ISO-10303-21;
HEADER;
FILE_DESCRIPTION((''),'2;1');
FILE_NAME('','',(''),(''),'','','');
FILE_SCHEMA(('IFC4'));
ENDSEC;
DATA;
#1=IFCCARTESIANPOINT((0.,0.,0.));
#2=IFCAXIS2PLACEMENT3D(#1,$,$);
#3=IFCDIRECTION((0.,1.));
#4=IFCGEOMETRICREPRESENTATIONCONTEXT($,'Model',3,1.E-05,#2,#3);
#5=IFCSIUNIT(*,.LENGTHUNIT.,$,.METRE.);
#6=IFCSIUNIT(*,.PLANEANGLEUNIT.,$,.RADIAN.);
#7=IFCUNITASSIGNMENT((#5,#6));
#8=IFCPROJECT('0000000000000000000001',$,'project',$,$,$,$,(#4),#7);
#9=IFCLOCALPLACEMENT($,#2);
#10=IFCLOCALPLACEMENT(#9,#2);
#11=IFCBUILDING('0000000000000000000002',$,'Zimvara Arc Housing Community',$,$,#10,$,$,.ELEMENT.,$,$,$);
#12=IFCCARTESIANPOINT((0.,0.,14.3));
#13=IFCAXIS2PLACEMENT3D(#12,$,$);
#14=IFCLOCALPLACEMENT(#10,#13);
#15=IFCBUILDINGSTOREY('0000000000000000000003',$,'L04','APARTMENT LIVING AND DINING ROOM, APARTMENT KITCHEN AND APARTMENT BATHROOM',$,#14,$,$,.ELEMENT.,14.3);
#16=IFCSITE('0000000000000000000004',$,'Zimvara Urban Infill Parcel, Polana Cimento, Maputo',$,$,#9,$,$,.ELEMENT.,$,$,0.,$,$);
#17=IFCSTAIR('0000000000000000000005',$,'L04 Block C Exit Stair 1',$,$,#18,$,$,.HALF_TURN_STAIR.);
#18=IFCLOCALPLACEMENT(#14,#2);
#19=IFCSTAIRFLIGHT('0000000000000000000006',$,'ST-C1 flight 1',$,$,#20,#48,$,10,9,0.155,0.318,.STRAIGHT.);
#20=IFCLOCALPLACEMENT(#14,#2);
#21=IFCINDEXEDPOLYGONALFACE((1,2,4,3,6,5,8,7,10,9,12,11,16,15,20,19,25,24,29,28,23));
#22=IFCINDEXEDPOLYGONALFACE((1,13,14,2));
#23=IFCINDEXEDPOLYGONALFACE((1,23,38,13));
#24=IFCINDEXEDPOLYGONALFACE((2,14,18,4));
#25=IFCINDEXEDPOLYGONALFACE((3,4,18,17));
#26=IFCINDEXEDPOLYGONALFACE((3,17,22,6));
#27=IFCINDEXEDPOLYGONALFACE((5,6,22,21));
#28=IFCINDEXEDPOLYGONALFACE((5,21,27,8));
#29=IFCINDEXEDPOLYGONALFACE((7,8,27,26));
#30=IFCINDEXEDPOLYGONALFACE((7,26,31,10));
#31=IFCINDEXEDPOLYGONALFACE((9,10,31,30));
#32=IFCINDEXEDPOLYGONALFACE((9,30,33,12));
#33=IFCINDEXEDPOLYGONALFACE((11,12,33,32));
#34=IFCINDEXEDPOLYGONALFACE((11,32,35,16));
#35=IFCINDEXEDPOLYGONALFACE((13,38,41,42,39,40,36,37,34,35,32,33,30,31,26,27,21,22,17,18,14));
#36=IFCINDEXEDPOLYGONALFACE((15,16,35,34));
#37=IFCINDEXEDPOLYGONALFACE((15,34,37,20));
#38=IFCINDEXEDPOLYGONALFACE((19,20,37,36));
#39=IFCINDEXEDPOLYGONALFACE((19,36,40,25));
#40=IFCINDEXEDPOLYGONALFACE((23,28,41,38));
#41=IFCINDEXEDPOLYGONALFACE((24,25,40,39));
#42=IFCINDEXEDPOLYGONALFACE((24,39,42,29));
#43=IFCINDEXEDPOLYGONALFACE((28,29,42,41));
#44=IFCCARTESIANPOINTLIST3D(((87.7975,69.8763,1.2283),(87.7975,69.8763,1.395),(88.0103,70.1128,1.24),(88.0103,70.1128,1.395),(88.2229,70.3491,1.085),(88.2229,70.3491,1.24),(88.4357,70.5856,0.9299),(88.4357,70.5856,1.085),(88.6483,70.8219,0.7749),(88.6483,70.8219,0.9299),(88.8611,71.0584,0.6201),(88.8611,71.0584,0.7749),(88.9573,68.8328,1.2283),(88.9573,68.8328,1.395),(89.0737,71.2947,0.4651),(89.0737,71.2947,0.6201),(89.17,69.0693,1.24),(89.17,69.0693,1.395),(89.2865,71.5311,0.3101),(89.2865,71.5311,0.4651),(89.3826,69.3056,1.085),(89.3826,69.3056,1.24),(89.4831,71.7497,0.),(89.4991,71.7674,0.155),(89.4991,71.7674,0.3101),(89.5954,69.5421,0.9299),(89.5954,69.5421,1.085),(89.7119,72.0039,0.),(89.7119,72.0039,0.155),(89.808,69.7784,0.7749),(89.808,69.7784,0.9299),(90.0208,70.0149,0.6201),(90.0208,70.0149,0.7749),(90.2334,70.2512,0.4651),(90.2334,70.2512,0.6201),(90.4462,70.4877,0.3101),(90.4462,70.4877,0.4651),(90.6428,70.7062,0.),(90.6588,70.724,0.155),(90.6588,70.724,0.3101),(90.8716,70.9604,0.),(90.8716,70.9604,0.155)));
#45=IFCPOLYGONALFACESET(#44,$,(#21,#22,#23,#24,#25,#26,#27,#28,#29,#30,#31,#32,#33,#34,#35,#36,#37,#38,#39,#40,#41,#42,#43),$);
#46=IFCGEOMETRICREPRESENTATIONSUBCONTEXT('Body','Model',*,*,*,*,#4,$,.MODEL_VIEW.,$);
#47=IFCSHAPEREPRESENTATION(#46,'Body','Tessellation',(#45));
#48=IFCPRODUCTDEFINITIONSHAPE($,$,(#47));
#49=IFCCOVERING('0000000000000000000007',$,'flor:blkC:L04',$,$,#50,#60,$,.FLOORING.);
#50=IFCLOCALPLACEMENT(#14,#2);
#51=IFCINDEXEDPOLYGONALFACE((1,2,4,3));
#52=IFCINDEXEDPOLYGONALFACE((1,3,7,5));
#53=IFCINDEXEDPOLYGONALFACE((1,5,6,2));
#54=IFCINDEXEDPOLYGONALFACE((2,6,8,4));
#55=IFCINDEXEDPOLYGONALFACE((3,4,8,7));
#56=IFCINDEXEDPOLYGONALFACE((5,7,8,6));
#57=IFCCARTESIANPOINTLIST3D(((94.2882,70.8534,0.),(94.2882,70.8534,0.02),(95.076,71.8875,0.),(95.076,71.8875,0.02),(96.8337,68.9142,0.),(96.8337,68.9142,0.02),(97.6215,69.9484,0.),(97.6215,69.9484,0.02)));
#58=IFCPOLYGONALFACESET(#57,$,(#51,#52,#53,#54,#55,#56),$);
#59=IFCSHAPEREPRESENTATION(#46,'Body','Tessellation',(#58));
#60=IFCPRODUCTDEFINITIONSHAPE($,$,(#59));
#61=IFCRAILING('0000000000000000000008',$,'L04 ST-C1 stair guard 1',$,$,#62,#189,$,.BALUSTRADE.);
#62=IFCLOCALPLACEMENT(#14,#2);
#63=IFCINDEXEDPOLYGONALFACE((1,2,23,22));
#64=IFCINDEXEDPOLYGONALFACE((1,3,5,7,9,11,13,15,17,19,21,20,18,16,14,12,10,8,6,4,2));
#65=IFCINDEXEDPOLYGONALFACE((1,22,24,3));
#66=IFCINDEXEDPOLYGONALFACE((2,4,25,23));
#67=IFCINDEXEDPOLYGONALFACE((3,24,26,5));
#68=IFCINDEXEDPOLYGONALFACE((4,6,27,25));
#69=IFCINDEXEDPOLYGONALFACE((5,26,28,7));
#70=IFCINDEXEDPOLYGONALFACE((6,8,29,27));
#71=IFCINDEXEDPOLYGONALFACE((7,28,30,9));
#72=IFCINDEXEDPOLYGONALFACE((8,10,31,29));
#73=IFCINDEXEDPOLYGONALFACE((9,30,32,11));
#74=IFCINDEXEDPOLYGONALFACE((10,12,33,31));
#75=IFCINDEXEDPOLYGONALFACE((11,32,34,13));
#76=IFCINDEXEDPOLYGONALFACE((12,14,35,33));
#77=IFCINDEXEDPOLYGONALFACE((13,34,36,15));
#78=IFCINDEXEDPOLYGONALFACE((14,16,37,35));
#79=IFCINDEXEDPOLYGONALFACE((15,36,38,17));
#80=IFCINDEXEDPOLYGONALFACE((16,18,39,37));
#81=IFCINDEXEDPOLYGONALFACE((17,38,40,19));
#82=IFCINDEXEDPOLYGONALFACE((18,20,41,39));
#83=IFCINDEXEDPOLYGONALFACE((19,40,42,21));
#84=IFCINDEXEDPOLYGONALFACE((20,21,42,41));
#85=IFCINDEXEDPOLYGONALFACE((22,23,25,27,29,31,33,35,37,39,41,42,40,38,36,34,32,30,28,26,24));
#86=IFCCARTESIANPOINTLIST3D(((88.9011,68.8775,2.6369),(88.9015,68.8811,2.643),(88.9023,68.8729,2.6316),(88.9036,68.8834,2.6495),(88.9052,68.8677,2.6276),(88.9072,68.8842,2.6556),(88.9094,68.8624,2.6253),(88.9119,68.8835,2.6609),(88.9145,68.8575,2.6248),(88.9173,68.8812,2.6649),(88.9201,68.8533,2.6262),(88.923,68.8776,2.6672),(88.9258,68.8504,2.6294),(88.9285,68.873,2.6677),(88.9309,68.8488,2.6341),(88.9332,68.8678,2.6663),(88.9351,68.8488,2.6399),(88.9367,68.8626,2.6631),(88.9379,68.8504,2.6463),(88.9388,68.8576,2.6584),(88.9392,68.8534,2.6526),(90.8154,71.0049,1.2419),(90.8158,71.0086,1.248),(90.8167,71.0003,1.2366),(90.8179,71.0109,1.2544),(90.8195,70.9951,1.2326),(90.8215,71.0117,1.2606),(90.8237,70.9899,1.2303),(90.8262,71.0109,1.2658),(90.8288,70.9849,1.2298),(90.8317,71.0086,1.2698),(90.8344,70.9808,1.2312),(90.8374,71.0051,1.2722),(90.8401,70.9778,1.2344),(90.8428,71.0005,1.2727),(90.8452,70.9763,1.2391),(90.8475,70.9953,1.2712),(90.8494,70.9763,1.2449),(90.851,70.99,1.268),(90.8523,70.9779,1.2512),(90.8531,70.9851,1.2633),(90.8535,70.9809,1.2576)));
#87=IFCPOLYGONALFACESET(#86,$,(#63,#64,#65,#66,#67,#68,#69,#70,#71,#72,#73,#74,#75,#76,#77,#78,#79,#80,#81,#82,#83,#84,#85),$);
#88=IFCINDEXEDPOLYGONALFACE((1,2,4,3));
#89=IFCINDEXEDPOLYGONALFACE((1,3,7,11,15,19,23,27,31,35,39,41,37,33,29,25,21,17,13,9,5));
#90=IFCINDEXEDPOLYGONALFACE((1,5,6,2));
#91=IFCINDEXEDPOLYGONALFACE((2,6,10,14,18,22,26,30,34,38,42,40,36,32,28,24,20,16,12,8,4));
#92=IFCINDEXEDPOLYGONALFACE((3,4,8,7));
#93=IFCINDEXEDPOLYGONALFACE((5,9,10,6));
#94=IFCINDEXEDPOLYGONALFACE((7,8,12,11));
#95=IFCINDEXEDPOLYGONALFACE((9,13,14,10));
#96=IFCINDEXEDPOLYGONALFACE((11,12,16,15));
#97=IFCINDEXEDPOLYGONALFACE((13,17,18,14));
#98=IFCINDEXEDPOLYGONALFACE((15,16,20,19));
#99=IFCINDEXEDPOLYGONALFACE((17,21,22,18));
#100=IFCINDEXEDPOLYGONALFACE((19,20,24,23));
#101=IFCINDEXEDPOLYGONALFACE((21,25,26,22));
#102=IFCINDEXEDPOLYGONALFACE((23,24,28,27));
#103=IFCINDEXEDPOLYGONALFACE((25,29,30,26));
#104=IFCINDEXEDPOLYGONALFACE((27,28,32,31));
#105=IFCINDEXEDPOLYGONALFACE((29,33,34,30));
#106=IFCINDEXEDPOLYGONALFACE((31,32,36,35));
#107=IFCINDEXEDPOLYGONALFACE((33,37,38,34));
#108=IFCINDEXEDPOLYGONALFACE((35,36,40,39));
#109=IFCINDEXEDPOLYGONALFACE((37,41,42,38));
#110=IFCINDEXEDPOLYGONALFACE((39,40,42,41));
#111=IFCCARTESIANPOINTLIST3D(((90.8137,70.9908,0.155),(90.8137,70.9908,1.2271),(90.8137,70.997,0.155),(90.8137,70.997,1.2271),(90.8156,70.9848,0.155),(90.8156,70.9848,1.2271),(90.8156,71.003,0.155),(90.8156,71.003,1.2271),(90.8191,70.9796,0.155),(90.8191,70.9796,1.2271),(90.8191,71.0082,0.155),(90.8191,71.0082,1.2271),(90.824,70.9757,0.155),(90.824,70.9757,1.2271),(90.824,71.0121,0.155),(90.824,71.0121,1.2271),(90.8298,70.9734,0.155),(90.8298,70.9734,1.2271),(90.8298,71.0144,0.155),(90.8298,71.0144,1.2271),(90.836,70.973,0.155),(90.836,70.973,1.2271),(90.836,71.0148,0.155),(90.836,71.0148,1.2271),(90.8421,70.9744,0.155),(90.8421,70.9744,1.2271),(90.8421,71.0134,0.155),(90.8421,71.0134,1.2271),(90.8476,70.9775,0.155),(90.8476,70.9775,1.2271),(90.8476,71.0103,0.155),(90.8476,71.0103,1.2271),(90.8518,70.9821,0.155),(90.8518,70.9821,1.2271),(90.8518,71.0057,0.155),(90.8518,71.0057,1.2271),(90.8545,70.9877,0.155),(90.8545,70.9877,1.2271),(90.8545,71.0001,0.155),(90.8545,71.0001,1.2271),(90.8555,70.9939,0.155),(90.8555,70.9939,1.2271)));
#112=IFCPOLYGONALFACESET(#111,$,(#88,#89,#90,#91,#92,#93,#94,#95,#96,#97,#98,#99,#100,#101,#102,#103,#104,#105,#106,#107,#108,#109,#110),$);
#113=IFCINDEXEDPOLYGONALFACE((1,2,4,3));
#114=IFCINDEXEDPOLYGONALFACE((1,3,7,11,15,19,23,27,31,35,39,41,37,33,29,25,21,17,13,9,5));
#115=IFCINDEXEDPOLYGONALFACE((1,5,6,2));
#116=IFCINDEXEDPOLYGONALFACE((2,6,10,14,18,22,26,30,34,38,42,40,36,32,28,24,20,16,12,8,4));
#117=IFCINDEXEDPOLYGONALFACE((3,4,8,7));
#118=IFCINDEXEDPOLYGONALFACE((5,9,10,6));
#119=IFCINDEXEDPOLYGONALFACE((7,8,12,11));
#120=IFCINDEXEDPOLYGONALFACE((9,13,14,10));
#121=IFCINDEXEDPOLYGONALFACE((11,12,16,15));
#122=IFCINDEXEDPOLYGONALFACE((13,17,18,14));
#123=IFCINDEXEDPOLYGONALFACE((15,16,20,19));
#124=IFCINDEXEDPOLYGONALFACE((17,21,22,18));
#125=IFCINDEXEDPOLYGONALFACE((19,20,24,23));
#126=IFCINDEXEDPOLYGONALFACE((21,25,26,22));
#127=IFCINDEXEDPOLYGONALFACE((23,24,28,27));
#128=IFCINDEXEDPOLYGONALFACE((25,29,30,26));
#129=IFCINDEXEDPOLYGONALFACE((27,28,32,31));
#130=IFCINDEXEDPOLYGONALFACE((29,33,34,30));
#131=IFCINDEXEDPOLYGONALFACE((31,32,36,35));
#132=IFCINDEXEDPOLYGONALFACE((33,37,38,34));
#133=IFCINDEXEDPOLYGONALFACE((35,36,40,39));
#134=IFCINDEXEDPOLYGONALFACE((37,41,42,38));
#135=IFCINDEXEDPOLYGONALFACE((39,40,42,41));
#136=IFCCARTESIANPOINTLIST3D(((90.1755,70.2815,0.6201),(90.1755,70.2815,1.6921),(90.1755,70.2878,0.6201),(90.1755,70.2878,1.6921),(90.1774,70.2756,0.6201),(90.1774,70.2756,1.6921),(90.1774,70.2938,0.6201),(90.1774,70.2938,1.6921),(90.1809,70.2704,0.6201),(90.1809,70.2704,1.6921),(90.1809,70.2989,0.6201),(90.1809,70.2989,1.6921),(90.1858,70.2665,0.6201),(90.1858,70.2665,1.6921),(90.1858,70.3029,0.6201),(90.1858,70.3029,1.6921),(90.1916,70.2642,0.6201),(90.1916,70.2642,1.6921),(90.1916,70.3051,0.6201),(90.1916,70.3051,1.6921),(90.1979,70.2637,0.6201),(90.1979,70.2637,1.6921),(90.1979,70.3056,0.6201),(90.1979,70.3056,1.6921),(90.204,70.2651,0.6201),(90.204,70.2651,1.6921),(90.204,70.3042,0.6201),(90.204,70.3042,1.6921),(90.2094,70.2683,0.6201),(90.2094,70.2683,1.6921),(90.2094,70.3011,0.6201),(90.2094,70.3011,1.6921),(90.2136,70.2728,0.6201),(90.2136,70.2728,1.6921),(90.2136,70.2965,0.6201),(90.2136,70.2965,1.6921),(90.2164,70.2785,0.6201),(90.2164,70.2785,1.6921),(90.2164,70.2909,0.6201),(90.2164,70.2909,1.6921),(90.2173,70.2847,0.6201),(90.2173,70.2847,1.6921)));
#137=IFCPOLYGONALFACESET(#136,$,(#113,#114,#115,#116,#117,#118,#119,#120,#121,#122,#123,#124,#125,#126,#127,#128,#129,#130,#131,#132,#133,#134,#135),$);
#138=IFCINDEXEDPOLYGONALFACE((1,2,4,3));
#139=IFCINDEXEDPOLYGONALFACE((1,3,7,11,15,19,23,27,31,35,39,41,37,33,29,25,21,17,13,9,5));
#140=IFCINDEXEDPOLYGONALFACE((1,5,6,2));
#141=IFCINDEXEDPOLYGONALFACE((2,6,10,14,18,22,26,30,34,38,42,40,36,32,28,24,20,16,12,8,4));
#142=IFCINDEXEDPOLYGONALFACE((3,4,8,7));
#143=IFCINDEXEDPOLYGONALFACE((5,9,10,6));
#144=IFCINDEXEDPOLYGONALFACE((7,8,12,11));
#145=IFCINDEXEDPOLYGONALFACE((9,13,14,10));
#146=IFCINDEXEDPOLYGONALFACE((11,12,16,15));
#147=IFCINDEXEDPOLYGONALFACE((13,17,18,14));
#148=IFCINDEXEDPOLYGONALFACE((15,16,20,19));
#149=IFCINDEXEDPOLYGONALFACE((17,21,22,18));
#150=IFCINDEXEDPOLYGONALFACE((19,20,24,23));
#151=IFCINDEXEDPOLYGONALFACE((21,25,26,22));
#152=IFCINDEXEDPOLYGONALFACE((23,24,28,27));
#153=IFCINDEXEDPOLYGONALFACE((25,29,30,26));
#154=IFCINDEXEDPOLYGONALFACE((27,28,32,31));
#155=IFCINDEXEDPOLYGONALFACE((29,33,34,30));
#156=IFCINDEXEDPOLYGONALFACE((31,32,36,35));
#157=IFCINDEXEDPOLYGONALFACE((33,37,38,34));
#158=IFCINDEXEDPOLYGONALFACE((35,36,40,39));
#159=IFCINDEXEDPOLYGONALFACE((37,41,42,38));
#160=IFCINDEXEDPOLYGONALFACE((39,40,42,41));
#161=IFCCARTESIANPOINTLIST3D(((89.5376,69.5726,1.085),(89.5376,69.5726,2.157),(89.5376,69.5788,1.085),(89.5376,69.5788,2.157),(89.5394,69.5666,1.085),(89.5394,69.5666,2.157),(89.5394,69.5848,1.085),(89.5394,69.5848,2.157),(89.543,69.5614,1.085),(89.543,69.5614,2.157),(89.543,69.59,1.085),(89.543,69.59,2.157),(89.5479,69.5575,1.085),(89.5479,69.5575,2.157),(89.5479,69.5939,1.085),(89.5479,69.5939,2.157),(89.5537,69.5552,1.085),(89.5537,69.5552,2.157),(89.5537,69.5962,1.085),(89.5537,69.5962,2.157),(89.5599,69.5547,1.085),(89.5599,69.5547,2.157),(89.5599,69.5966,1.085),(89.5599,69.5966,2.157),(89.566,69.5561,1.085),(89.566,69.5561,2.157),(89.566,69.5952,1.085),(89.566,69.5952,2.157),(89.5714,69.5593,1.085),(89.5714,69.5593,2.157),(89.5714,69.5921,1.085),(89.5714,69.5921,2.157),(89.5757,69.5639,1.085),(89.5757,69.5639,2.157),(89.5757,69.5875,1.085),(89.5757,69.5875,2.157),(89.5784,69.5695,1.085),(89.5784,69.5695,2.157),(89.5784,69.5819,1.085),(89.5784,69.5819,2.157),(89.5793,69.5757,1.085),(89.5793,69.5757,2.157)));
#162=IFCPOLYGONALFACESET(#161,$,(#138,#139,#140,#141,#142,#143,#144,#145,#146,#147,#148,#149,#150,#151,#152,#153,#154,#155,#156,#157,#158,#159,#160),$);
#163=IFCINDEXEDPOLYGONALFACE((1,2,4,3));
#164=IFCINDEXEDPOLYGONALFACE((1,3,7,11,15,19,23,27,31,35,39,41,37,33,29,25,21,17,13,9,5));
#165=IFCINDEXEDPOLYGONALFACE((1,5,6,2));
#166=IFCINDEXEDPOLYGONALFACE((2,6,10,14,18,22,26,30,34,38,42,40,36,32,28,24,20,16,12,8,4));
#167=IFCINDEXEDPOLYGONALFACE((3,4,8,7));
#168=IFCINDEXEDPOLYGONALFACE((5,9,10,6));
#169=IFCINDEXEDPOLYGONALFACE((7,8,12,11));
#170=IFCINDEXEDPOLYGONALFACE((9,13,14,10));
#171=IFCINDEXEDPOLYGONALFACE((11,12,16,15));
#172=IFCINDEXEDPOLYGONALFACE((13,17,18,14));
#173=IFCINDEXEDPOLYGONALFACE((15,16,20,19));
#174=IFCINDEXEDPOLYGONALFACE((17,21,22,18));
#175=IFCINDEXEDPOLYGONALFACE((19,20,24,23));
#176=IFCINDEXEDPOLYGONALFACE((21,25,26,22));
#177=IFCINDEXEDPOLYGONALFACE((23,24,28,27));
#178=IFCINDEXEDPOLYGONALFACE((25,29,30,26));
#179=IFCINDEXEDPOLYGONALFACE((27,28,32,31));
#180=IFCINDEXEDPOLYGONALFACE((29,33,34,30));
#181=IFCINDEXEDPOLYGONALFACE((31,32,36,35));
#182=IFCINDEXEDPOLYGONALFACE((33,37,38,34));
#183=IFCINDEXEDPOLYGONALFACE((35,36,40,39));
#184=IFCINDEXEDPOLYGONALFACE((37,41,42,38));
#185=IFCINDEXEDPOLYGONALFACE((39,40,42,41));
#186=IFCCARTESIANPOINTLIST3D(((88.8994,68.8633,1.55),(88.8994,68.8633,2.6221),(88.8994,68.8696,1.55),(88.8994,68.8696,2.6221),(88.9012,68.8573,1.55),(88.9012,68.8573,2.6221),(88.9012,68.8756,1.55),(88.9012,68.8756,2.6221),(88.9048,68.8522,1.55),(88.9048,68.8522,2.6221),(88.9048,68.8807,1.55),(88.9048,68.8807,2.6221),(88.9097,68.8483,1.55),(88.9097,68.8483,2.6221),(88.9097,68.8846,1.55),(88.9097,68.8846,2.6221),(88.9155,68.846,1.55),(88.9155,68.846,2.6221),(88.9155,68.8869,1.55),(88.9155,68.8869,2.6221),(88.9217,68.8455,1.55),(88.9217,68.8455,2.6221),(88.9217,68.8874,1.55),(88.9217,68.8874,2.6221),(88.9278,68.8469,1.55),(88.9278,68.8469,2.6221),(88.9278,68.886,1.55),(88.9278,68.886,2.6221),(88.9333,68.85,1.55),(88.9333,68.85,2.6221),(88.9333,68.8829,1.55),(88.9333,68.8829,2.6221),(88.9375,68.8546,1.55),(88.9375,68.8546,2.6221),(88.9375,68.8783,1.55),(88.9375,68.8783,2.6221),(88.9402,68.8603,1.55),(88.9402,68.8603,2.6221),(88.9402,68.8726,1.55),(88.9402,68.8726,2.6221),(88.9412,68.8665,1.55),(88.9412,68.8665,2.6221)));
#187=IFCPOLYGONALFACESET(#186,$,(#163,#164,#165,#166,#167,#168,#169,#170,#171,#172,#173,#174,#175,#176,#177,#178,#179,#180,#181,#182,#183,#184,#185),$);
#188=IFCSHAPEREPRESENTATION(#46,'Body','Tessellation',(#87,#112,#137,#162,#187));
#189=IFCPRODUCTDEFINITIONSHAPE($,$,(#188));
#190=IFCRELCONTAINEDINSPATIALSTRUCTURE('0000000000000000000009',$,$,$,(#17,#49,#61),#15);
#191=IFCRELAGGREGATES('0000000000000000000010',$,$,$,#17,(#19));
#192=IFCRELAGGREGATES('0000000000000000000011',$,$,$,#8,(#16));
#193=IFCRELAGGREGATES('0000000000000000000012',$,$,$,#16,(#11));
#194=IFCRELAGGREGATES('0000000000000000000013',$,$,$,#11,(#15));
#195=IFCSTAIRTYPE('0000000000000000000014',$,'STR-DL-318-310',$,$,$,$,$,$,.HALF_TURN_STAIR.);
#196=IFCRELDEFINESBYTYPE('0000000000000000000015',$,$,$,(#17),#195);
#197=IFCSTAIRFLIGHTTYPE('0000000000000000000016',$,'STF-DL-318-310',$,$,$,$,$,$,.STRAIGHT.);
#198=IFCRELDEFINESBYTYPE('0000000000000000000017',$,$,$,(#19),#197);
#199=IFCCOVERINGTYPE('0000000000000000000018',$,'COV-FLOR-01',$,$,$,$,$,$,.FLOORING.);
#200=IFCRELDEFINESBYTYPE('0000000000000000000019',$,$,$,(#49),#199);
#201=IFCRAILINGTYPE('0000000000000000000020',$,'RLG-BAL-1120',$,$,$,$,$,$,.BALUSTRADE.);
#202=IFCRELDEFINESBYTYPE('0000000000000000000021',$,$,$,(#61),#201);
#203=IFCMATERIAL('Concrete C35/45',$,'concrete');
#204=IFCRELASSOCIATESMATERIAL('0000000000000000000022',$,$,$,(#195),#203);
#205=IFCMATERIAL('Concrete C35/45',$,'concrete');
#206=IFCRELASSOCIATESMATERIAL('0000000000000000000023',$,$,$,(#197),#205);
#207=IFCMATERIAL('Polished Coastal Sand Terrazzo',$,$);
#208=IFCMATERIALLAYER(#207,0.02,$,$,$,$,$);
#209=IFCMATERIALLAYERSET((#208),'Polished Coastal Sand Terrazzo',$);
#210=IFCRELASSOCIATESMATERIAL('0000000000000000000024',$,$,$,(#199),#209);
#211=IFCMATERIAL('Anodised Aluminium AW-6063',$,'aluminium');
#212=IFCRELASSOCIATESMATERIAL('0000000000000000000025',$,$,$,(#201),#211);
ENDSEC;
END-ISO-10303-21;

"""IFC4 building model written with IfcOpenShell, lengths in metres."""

from ifc_helpers import new_model, si_unit, direction, frame, origin, origin_2d, place, context, subcontext, project, spatial, polyline, rectangle, circle, outline, extrude, material, layer, layer_set, type_object, element, aggregate, save


model = new_model("IFC4")

# Units and contexts
model_context = context("Model", 3, precision=1e-05, world=origin(), true_north=direction((0.0, 1.0)))
body_context = subcontext(model_context, "Body", "Model", "MODEL_VIEW")
ifc_project = project(units=[si_unit("LENGTHUNIT", "METRE"), si_unit("PLANEANGLEUNIT", "RADIAN")], contexts=[model_context])

# Site, building, storey
site_placement = place(None, origin())
site = spatial("IfcSite", under=ifc_project, at=site_placement, Name="Zimvara Urban Infill Parcel, Polana Cimento, Maputo", CompositionType="ELEMENT", RefElevation=0.0)
building_placement = place(site_placement, origin())
building = spatial("IfcBuilding", under=site, at=building_placement, Name="Zimvara Arc Housing Community", CompositionType="ELEMENT")
storey_placement = place(building_placement, frame((0.0, 0.0, 14.3)))
storey = spatial("IfcBuildingStorey", under=building, at=storey_placement, Name="L04", Description="APARTMENT LIVING AND DINING ROOM, APARTMENT KITCHEN AND APARTMENT BATHROOM", CompositionType="ELEMENT", Elevation=14.3)

# Stair, stair flight
ifc_material_1 = material(Name="Concrete C35/45", Category="concrete")
stair_type = type_object("IfcStairType", Name="STR-DL-318-310", PredefinedType="HALF_TURN_STAIR", material=ifc_material_1)
stair_placement = place(storey_placement, origin())
stair = element("IfcStair", 1, at=stair_placement, inside=storey, type_object=stair_type, Name="L04 Block C Exit Stair 1", PredefinedType="HALF_TURN_STAIR")
ifc_material_2 = material(Name="Concrete C35/45", Category="concrete")
stair_flight_type = type_object("IfcStairFlightType", Name="STF-DL-318-310", PredefinedType="STRAIGHT", material=ifc_material_2)
stair_flight_placement = place(storey_placement, frame((90.2917, 71.4822, 0.0), z_axis=(0.0, 0.0, 1.0), x_axis=(-0.668871, -0.743378, 0.0)))
stair_flight = element("IfcStairFlight", 2, at=stair_flight_placement, type_object=stair_flight_type, Name="ST-C1 flight 1", NumberOfRisers=10, NumberOfTreads=9, PredefinedType="STRAIGHT", RiserHeight=0.155, TreadLength=0.318, context=body_context, shape_type="SweptSolid", body=[
    extrude(outline(polyline([(0.0, 0.0), (0.0, 0.155), (0.3181, 0.155), (0.3181, 0.3101), (0.636, 0.3101), (0.636, 0.4651), (0.9541, 0.4651), (0.9541, 0.6201), (1.272, 0.6201), (1.272, 0.7749), (1.5901, 0.7749), (1.5901, 0.9299), (1.908, 0.9299), (1.908, 1.085), (2.2261, 1.085), (2.2261, 1.24), (2.5439, 1.24), (2.5439, 1.395), (2.8621, 1.395), (2.8621, 1.55), (2.8621, 1.2283), (0.342, 0.0), (0.0, 0.0)])), frame((0.0, 0.78, 0.0), z_axis=(0.0, -1.0, 0.0), x_axis=(1.0, 0.0, 0.0)), (0.0, 0.0, 1.0), 1.5601),
])
aggregate(stair, [stair_flight])

# Covering
ifc_material_3 = material(Name="Polished Coastal Sand Terrazzo")
ifc_layer_1 = layer(ifc_material_3, 0.02)
ifc_layer_set_1 = layer_set([ifc_layer_1], Name="Polished Coastal Sand Terrazzo")
covering_type = type_object("IfcCoveringType", Name="COV-FLOR-01", PredefinedType="FLOORING", material=ifc_layer_set_1)
covering_placement = place(storey_placement, frame((95.9548, 70.4009, 0.0), z_axis=(0.0, 0.0, 1.0), x_axis=(-0.605988, -0.795473, 0.0)))
element("IfcCovering", 3, at=covering_placement, inside=storey, type_object=covering_type, Name="flor:blkC:L04", PredefinedType="FLOORING", context=body_context, shape_type="SweptSolid", body=[
    extrude(rectangle(XDim=1.3, YDim=3.2, at=origin_2d()), origin(), (0.0, 0.0, 1.0), 0.02),
])

# Railing
ifc_material_4 = material(Name="Anodised Aluminium AW-6063", Category="aluminium")
railing_type_1 = type_object("IfcRailingType", Name="RLG-BAL-1120", PredefinedType="BALUSTRADE", material=ifc_material_4)
railing_1_placement = place(storey_placement, frame((90.8345, 70.9939, 0.155)))
element("IfcRailing", 4, at=railing_1_placement, inside=storey, type_object=railing_type_1, Name="L04 ST-C1 stair guard 1", PredefinedType="BALUSTRADE", context=body_context, shape_type="SweptSolid", body=[
    extrude(circle(Radius=0.0239, at=origin_2d()), frame((0.0, 0.0, 1.0962), z_axis=(-0.601263, -0.668206, 0.43816), x_axis=(0.743362, -0.668889, 0.0)), (0.0, 0.0, 1.0), 3.1838),
    extrude(circle(Radius=0.021, at=origin_2d()), origin(), (0.0, 0.0, 1.0), 1.072),
    extrude(circle(Radius=0.021, at=origin_2d()), frame((-0.6382, -0.7092, 0.4651)), (0.0, 0.0, 1.0), 1.072),
    extrude(circle(Radius=0.021, at=origin_2d()), frame((-1.2761, -1.4182, 0.9299)), (0.0, 0.0, 1.0), 1.072),
    extrude(circle(Radius=0.021, at=origin_2d()), frame((-1.9143, -2.1274, 1.395)), (0.0, 0.0, 1.0), 1.072),
])

save(model, "model.ifc")
